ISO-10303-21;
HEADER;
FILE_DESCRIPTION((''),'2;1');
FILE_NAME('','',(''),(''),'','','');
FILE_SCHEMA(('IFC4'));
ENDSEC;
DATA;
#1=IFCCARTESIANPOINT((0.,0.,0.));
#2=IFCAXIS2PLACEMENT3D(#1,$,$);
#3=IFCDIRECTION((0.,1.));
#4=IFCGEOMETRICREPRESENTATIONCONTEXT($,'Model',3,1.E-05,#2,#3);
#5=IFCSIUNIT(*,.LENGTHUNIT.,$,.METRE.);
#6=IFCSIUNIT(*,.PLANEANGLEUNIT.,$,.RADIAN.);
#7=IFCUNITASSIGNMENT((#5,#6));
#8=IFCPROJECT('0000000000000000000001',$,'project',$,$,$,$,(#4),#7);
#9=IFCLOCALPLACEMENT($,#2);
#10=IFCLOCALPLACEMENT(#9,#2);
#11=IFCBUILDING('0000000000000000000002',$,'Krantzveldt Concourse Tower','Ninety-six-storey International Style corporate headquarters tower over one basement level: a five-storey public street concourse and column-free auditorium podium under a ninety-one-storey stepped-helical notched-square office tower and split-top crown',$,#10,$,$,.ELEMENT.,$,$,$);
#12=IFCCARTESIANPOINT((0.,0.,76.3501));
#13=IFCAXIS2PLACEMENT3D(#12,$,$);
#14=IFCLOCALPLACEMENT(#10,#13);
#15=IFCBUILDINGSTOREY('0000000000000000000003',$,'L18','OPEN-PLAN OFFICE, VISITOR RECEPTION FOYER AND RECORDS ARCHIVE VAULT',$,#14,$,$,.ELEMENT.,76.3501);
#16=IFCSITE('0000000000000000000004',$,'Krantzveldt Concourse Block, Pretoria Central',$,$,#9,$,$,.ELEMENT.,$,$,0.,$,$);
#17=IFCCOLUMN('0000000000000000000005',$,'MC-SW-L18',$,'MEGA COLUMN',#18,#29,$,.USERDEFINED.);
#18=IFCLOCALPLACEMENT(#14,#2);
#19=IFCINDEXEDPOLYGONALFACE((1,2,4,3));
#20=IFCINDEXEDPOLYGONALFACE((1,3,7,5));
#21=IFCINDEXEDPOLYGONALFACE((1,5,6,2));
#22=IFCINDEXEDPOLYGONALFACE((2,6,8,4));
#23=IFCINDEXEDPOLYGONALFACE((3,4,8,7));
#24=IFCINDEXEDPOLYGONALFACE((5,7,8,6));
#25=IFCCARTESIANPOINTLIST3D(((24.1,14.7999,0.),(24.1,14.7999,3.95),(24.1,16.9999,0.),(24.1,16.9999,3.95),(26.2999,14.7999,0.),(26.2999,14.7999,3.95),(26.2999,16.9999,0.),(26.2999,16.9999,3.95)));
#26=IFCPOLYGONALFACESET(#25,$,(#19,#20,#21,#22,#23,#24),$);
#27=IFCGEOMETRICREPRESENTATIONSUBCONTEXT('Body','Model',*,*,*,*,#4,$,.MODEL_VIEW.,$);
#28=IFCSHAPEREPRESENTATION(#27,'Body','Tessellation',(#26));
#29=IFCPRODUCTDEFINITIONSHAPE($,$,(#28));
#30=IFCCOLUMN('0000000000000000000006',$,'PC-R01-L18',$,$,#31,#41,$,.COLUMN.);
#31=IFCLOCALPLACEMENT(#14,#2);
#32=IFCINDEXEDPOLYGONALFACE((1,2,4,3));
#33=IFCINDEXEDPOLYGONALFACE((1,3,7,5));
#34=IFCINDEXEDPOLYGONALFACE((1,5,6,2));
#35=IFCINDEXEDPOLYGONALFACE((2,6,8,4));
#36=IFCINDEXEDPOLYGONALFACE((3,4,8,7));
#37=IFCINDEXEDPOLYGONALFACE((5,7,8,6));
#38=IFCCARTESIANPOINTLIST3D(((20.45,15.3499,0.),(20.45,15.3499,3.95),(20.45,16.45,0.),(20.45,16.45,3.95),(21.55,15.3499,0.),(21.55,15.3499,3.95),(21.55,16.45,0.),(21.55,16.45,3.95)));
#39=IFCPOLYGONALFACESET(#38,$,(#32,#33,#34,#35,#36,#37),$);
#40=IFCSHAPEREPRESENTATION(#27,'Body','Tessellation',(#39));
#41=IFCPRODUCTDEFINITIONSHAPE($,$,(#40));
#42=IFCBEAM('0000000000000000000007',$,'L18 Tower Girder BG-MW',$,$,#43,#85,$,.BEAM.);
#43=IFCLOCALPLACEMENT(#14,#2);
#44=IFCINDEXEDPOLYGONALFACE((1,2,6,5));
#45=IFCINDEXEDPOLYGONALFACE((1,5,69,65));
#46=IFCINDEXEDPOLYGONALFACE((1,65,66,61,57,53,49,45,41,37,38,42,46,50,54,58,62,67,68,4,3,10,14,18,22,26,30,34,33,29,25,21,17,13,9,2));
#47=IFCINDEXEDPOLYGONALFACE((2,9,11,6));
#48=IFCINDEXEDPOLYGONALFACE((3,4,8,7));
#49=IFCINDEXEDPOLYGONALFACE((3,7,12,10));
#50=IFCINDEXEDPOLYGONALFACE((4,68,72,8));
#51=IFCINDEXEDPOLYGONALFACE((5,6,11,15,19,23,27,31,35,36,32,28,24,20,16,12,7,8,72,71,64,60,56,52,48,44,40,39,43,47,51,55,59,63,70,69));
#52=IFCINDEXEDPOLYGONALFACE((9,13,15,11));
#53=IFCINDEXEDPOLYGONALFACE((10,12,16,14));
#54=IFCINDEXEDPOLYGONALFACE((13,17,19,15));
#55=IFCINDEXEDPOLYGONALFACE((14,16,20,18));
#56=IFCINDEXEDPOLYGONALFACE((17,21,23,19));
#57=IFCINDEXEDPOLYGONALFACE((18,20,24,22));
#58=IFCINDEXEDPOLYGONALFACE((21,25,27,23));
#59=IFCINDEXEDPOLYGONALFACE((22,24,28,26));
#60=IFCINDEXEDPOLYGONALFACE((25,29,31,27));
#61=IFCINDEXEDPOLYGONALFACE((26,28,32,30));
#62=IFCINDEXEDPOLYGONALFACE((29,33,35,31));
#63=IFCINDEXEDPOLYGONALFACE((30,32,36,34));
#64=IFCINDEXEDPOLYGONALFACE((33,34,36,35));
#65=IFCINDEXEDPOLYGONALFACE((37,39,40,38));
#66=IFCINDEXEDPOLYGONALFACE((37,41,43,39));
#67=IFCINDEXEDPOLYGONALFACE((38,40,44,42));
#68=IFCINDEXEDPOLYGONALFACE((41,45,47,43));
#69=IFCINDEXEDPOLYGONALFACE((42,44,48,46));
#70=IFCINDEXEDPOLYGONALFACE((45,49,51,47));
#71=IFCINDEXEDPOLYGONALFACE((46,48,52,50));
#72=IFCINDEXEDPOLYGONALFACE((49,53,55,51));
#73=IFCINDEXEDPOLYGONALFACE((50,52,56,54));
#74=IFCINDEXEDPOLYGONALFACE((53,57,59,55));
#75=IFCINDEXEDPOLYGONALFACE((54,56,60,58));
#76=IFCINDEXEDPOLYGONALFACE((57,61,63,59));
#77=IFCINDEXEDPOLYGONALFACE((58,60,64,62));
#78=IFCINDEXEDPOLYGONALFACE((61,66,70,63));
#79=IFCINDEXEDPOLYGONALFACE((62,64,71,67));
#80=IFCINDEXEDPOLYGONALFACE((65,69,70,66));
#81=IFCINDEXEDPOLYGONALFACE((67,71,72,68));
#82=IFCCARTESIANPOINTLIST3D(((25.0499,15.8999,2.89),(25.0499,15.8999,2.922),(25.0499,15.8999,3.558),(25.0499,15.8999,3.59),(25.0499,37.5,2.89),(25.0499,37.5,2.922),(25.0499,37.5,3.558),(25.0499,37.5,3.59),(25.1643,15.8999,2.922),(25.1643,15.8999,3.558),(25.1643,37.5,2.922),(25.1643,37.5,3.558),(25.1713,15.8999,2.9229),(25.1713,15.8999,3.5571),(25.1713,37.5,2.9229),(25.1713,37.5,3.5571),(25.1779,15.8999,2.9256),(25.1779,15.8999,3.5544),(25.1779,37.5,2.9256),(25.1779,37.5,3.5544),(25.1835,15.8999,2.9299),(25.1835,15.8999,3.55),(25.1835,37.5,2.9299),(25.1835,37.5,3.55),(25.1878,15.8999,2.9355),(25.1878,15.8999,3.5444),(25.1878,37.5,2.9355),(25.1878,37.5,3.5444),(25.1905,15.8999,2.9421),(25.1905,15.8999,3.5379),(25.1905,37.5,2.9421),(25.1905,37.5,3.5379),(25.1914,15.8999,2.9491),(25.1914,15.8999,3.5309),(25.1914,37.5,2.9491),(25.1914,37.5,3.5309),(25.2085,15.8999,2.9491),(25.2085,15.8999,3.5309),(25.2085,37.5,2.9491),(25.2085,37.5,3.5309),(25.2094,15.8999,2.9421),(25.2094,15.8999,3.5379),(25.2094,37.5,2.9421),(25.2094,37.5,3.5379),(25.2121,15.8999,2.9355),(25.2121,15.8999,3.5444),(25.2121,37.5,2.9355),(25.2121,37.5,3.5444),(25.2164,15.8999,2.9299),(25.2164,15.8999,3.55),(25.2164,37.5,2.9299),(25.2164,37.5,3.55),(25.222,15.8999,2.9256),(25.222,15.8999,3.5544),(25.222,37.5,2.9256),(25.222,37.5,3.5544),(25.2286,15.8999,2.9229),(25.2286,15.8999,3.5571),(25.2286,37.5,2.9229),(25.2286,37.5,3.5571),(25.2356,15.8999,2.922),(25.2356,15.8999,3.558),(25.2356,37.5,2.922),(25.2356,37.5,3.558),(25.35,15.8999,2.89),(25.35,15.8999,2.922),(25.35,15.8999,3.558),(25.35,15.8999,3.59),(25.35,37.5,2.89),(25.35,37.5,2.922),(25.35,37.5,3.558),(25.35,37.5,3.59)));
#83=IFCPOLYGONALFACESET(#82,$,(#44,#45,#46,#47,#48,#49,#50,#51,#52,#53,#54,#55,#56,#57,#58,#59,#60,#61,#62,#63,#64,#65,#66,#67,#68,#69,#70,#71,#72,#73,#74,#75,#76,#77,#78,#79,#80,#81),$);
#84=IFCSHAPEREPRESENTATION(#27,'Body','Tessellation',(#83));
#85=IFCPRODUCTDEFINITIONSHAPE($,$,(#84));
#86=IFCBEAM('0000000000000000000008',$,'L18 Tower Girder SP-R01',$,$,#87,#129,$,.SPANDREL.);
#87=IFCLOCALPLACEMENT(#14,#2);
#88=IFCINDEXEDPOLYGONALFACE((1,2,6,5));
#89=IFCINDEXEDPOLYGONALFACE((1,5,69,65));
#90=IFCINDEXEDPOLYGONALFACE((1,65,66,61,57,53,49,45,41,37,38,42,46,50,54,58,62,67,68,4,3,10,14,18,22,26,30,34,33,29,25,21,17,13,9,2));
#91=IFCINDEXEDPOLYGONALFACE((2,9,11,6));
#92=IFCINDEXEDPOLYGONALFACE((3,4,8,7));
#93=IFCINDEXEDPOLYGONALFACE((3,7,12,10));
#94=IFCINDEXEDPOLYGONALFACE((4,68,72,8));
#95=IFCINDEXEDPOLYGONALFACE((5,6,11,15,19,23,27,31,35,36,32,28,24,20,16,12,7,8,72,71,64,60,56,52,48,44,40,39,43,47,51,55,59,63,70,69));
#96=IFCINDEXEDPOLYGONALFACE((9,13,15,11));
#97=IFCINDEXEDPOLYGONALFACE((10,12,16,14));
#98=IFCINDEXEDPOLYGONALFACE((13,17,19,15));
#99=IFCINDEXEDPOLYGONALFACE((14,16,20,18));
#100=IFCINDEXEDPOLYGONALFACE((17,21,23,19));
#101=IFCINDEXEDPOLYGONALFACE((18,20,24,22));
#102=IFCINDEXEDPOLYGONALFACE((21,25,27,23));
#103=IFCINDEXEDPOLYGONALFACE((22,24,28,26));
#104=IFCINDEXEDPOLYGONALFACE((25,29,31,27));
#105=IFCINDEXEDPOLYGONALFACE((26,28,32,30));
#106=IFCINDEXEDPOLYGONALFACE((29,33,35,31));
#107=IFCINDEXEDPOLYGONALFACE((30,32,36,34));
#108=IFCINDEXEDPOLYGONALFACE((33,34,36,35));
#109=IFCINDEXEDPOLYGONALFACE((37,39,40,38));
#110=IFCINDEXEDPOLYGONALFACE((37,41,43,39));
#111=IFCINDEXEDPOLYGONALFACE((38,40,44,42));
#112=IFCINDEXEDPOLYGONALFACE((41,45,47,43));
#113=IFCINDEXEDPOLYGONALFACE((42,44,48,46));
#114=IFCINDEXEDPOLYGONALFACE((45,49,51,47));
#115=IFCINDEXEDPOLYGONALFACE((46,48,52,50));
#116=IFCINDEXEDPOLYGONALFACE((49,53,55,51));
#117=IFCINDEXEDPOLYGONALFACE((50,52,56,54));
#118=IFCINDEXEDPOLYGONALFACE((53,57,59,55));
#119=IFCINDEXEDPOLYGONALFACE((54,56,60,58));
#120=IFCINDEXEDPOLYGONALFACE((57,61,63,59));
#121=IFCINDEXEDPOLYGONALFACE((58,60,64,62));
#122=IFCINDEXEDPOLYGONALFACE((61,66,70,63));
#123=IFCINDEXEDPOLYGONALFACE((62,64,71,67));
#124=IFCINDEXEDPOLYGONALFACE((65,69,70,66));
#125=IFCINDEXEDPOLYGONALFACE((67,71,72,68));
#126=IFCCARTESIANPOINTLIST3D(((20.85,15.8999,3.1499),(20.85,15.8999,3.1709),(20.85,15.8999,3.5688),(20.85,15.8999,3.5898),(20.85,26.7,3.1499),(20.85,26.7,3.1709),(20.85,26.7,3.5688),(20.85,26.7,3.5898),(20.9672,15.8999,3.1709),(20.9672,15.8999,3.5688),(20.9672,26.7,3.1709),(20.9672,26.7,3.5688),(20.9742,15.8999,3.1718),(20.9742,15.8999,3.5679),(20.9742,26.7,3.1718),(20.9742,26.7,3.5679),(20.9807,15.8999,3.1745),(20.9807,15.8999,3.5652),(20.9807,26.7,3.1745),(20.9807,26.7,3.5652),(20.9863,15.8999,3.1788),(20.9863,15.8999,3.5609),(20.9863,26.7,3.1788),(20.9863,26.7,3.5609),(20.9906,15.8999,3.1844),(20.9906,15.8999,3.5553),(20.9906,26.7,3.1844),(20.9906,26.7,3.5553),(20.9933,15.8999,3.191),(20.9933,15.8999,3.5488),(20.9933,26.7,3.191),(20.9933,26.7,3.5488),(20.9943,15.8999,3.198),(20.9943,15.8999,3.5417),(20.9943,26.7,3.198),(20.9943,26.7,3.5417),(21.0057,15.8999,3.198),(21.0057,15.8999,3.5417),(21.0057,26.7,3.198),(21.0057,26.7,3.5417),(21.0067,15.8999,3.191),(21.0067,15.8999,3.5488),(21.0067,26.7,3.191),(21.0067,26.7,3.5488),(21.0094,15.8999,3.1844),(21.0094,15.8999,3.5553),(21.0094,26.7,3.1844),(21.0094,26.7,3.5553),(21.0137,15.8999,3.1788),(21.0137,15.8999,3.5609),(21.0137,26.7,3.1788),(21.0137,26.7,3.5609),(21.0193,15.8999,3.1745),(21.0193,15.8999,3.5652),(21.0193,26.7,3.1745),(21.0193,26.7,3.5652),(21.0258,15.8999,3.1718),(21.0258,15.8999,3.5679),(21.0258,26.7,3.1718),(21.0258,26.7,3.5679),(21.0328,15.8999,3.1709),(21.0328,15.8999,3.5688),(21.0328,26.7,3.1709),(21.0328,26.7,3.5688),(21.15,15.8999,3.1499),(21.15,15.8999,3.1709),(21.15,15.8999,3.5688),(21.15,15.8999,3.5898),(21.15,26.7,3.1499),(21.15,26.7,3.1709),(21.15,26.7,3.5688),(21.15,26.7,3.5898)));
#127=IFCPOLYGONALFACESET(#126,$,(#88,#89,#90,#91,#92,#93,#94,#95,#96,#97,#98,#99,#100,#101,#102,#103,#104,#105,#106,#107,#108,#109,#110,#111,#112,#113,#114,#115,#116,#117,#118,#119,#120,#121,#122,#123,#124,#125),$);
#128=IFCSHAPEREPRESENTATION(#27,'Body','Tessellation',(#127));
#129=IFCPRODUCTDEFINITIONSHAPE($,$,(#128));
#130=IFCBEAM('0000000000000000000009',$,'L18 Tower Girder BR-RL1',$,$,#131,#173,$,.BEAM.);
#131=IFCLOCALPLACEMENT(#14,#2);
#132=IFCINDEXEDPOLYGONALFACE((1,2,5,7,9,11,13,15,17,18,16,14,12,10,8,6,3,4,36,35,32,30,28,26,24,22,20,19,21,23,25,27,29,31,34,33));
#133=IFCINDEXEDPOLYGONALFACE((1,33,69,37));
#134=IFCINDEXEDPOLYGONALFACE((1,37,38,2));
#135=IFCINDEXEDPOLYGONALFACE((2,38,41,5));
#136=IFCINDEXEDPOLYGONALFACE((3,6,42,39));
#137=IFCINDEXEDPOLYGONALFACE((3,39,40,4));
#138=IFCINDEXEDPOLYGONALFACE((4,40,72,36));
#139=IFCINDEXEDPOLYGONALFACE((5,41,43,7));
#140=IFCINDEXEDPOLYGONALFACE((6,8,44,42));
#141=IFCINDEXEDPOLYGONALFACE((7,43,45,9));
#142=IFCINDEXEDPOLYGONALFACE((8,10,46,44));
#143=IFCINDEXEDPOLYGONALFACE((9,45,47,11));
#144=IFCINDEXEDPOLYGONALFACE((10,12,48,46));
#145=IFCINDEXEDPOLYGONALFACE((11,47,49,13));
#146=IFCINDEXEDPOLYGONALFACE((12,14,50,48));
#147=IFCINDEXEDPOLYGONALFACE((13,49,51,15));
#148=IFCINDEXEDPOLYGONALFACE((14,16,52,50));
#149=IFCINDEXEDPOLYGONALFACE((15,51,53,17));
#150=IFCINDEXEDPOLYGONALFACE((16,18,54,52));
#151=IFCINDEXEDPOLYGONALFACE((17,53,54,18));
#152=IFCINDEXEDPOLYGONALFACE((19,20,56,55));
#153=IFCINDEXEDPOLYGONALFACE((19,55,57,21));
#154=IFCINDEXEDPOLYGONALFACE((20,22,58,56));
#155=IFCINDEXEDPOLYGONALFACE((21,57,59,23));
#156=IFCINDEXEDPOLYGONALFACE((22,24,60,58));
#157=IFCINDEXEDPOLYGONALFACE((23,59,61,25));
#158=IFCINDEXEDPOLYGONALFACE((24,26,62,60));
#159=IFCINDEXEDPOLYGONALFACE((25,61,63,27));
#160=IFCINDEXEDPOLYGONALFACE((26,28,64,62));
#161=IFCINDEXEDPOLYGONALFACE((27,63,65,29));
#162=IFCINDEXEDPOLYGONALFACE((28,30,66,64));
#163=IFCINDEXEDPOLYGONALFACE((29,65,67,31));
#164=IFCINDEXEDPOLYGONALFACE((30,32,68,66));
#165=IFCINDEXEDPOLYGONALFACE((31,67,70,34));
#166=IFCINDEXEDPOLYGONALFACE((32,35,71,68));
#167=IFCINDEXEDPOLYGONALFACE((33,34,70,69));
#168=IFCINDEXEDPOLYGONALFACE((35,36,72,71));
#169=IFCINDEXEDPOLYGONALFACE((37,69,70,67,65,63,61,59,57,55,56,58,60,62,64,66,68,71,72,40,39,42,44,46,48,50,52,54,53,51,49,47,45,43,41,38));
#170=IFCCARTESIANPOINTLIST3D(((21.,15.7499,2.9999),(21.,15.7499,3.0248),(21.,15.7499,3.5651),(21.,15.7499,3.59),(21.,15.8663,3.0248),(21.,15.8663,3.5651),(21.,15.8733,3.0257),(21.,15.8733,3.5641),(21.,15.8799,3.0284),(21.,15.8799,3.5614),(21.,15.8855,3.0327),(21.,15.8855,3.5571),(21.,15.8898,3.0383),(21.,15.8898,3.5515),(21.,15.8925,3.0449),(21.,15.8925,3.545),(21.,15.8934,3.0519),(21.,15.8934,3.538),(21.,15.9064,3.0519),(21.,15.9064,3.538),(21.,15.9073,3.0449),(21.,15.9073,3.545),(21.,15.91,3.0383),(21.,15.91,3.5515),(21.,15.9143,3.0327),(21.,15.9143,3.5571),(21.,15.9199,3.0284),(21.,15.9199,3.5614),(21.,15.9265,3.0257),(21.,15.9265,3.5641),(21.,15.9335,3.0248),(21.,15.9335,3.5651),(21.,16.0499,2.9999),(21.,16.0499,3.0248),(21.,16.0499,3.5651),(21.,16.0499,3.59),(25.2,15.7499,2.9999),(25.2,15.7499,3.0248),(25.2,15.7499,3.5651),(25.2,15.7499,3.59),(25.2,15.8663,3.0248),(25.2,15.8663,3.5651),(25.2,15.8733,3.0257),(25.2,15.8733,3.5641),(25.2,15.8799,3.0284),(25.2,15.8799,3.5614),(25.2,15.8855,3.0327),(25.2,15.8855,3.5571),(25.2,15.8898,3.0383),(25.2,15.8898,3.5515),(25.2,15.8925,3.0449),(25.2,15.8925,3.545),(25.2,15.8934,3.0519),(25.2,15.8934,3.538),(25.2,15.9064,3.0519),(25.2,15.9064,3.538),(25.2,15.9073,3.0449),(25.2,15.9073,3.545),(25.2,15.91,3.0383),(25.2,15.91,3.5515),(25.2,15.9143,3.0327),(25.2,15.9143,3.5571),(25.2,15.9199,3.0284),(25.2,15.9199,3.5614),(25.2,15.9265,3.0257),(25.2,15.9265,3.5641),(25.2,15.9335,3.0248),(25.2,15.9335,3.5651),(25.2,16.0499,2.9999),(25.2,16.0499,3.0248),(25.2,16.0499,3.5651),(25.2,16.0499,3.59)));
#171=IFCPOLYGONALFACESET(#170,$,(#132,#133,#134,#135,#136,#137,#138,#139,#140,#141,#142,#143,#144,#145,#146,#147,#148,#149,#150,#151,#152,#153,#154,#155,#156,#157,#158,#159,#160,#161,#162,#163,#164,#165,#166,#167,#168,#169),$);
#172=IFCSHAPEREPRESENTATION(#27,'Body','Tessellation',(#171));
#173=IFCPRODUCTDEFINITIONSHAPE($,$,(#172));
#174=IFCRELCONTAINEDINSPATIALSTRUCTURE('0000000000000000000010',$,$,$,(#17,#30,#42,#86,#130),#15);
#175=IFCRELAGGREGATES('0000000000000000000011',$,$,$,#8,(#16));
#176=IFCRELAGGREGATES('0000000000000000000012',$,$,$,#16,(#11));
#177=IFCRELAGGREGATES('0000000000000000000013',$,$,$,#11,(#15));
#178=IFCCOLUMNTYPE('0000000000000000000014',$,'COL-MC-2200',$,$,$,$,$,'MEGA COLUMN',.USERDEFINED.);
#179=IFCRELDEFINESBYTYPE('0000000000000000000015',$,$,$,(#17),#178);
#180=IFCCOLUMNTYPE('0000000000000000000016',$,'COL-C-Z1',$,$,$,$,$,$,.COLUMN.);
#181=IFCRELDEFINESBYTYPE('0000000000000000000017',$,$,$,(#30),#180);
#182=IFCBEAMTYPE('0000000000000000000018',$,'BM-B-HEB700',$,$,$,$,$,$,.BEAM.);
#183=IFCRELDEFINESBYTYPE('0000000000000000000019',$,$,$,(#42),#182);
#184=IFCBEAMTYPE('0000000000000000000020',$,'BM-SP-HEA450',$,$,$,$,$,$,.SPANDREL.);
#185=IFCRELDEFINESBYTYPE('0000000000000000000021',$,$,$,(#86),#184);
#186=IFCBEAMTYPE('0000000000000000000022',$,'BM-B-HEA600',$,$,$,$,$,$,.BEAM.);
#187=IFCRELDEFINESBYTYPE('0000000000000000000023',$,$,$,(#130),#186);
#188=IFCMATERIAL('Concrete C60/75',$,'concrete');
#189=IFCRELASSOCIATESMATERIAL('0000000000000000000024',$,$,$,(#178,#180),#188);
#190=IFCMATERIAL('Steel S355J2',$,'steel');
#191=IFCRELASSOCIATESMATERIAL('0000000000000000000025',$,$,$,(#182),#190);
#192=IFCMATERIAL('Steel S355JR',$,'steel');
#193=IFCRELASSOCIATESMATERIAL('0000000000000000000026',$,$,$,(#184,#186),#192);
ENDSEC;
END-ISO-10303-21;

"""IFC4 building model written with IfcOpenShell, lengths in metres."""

from ifc_helpers import new_model, si_unit, direction, frame, origin, origin_2d, place, context, subcontext, project, spatial, rectangle, i_section, extrude, source, transform, mapped, material, material_profile, profile_set, type_object, type_shapes, element, save


model = new_model("IFC4")

# Units and contexts
model_context = context("Model", 3, precision=1e-05, world=origin(), true_north=direction((0.0, 1.0)))
body_context = subcontext(model_context, "Body", "Model", "MODEL_VIEW")
ifc_project = project(units=[si_unit("LENGTHUNIT", "METRE"), si_unit("PLANEANGLEUNIT", "RADIAN")], contexts=[model_context])

# Site, building, storey
site_placement = place(None, origin())
site = spatial("IfcSite", under=ifc_project, at=site_placement, Name="Krantzveldt Concourse Block, Pretoria Central", CompositionType="ELEMENT", RefElevation=0.0)
building_placement = place(site_placement, origin())
building = spatial("IfcBuilding", under=site, at=building_placement, Name="Krantzveldt Concourse Tower", Description="Ninety-six-storey International Style corporate headquarters tower over one basement level: a five-storey public street concourse and column-free auditorium podium under a ninety-one-storey stepped-helical notched-square office tower and split-top crown", CompositionType="ELEMENT")
storey_placement = place(building_placement, frame((0.0, 0.0, 76.3501)))
storey = spatial("IfcBuildingStorey", under=building, at=storey_placement, Name="L18", Description="OPEN-PLAN OFFICE, VISITOR RECEPTION FOYER AND RECORDS ARCHIVE VAULT", CompositionType="ELEMENT", Elevation=76.3501)

# Columns
ifc_material_1 = material(Name="Concrete C60/75", Category="concrete")
ifc_material_profile_1 = material_profile(ifc_material_1, rectangle(XDim=2.2, YDim=2.2, at=origin_2d()), Name="Concrete C60/75", Category="concrete")
ifc_profile_set_1 = profile_set([ifc_material_profile_1], Name="Concrete C60/75 - RC 2200x2200")
column_type_1 = type_object("IfcColumnType", Name="COL-MC-2200", ElementType="MEGA COLUMN", PredefinedType="USERDEFINED", material=ifc_profile_set_1)
shared_shape_1 = source(origin(), body_context, "Body", "SweptSolid", [
    extrude(rectangle(XDim=2.2, YDim=2.2, at=origin_2d()), origin(), (0.0, 0.0, 1.0), 3.95),
])
type_shapes(column_type_1, [shared_shape_1])
column_1_placement = place(storey_placement, frame((25.2, 15.8999, 0.0), z_axis=(0.0, 0.0, 1.0), x_axis=(1.0, 0.0, 0.0)))
element("IfcColumn", 1, at=column_1_placement, inside=storey, type_object=column_type_1, Name="MC-SW-L18", ObjectType="MEGA COLUMN", PredefinedType="USERDEFINED", context=body_context, shape_type="MappedRepresentation", body=[
    mapped(shared_shape_1, transform((0.0, 0.0, 0.0), x_axis=(1.0, 0.0, 0.0), y_axis=(0.0, 1.0, 0.0), z_axis=(0.0, 0.0, 1.0), scale=1.0)),
])
ifc_material_profile_2 = material_profile(ifc_material_1, rectangle(XDim=1.1001, YDim=1.1001, at=origin_2d()), Name="Concrete C60/75", Category="concrete")
ifc_profile_set_2 = profile_set([ifc_material_profile_2], Name="Concrete C60/75 - RC 1100x1100")
column_type_2 = type_object("IfcColumnType", Name="COL-C-Z1", PredefinedType="COLUMN", material=ifc_profile_set_2)
shared_shape_2 = source(origin(), body_context, "Body", "SweptSolid", [
    extrude(rectangle(XDim=1.1001, YDim=1.1001, at=origin_2d()), origin(), (0.0, 0.0, 1.0), 3.95),
])
type_shapes(column_type_2, [shared_shape_2])
column_2_placement = place(storey_placement, frame((21.0, 15.8999, 0.0), z_axis=(0.0, 0.0, 1.0), x_axis=(1.0, 0.0, 0.0)))
element("IfcColumn", 2, at=column_2_placement, inside=storey, type_object=column_type_2, Name="PC-R01-L18", PredefinedType="COLUMN", context=body_context, shape_type="MappedRepresentation", body=[
    mapped(shared_shape_2, transform((0.0, 0.0, 0.0), x_axis=(1.0, 0.0, 0.0), y_axis=(0.0, 1.0, 0.0), z_axis=(0.0, 0.0, 1.0), scale=1.0)),
])

# Beams
ifc_material_2 = material(Name="Steel S355J2", Category="steel")
ifc_material_profile_3 = material_profile(ifc_material_2, i_section(OverallWidth=0.3, OverallDepth=0.7, WebThickness=0.0171, FlangeThickness=0.032, FilletRadius=0.0271, at=origin_2d()), Name="Steel S355J2", Category="steel")
ifc_profile_set_3 = profile_set([ifc_material_profile_3], Name="Steel S355J2 - HEB 700")
beam_type_1 = type_object("IfcBeamType", Name="BM-B-HEB700", PredefinedType="BEAM", material=ifc_profile_set_3)
shared_shape_3 = source(origin(), body_context, "Body", "SweptSolid", [
    extrude(i_section(OverallWidth=0.3, OverallDepth=0.7, WebThickness=0.0171, FlangeThickness=0.032, FilletRadius=0.0271, at=origin_2d()), origin(), (0.0, 0.0, 1.0), 21.6001),
])
type_shapes(beam_type_1, [shared_shape_3])
beam_1_placement = place(storey_placement, frame((25.2, 15.8999, 3.24), z_axis=(0.0, 1.0, 0.0), x_axis=(-1.0, 0.0, 0.0)))
element("IfcBeam", 3, at=beam_1_placement, inside=storey, type_object=beam_type_1, Name="L18 Tower Girder BG-MW", PredefinedType="BEAM", context=body_context, shape_type="MappedRepresentation", body=[
    mapped(shared_shape_3, transform((0.0, 0.0, 0.0), x_axis=(1.0, 0.0, 0.0), y_axis=(0.0, 1.0, 0.0), z_axis=(0.0, 0.0, 1.0), scale=1.0)),
])
ifc_material_3 = material(Name="Steel S355JR", Category="steel")
ifc_material_profile_4 = material_profile(ifc_material_3, i_section(OverallWidth=0.3, OverallDepth=0.4399, WebThickness=0.0115, FlangeThickness=0.021, FilletRadius=0.0271, at=origin_2d()), Name="Steel S355JR", Category="steel")
ifc_profile_set_4 = profile_set([ifc_material_profile_4], Name="Steel S355JR - HEA 450")
beam_type_2 = type_object("IfcBeamType", Name="BM-SP-HEA450", PredefinedType="SPANDREL", material=ifc_profile_set_4)
shared_shape_4 = source(origin(), body_context, "Body", "SweptSolid", [
    extrude(i_section(OverallWidth=0.3, OverallDepth=0.4399, WebThickness=0.0115, FlangeThickness=0.021, FilletRadius=0.0271, at=origin_2d()), origin(), (0.0, 0.0, 1.0), 10.8),
])
type_shapes(beam_type_2, [shared_shape_4])
beam_2_placement = place(storey_placement, frame((21.0, 15.8999, 3.3699), z_axis=(0.0, 1.0, 0.0), x_axis=(-1.0, 0.0, 0.0)))
element("IfcBeam", 4, at=beam_2_placement, inside=storey, type_object=beam_type_2, Name="L18 Tower Girder SP-R01", PredefinedType="SPANDREL", context=body_context, shape_type="MappedRepresentation", body=[
    mapped(shared_shape_4, transform((0.0, 0.0, 0.0), x_axis=(1.0, 0.0, 0.0), y_axis=(0.0, 1.0, 0.0), z_axis=(0.0, 0.0, 1.0), scale=1.0)),
])
ifc_material_profile_5 = material_profile(ifc_material_3, i_section(OverallWidth=0.3, OverallDepth=0.5901, WebThickness=0.0129, FlangeThickness=0.0249, FilletRadius=0.0271, at=origin_2d()), Name="Steel S355JR", Category="steel")
ifc_profile_set_5 = profile_set([ifc_material_profile_5], Name="Steel S355JR - HEA 600")
beam_type_3 = type_object("IfcBeamType", Name="BM-B-HEA600", PredefinedType="BEAM", material=ifc_profile_set_5)
shared_shape_5 = source(origin(), body_context, "Body", "SweptSolid", [
    extrude(i_section(OverallWidth=0.3, OverallDepth=0.5901, WebThickness=0.0129, FlangeThickness=0.0249, FilletRadius=0.0271, at=origin_2d()), origin(), (0.0, 0.0, 1.0), 4.2),
])
beam_3_placement = place(storey_placement, frame((21.0, 15.8999, 3.2949), z_axis=(1.0, 0.0, 0.0), x_axis=(0.0, 1.0, 0.0)))
element("IfcBeam", 5, at=beam_3_placement, inside=storey, type_object=beam_type_3, Name="L18 Tower Girder BR-RL1", PredefinedType="BEAM", context=body_context, shape_type="MappedRepresentation", body=[
    mapped(shared_shape_5, transform((0.0, 0.0, 0.0), x_axis=(1.0, 0.0, 0.0), y_axis=(0.0, 1.0, 0.0), z_axis=(0.0, 0.0, 1.0), scale=1.0)),
])

save(model, "model.ifc")
